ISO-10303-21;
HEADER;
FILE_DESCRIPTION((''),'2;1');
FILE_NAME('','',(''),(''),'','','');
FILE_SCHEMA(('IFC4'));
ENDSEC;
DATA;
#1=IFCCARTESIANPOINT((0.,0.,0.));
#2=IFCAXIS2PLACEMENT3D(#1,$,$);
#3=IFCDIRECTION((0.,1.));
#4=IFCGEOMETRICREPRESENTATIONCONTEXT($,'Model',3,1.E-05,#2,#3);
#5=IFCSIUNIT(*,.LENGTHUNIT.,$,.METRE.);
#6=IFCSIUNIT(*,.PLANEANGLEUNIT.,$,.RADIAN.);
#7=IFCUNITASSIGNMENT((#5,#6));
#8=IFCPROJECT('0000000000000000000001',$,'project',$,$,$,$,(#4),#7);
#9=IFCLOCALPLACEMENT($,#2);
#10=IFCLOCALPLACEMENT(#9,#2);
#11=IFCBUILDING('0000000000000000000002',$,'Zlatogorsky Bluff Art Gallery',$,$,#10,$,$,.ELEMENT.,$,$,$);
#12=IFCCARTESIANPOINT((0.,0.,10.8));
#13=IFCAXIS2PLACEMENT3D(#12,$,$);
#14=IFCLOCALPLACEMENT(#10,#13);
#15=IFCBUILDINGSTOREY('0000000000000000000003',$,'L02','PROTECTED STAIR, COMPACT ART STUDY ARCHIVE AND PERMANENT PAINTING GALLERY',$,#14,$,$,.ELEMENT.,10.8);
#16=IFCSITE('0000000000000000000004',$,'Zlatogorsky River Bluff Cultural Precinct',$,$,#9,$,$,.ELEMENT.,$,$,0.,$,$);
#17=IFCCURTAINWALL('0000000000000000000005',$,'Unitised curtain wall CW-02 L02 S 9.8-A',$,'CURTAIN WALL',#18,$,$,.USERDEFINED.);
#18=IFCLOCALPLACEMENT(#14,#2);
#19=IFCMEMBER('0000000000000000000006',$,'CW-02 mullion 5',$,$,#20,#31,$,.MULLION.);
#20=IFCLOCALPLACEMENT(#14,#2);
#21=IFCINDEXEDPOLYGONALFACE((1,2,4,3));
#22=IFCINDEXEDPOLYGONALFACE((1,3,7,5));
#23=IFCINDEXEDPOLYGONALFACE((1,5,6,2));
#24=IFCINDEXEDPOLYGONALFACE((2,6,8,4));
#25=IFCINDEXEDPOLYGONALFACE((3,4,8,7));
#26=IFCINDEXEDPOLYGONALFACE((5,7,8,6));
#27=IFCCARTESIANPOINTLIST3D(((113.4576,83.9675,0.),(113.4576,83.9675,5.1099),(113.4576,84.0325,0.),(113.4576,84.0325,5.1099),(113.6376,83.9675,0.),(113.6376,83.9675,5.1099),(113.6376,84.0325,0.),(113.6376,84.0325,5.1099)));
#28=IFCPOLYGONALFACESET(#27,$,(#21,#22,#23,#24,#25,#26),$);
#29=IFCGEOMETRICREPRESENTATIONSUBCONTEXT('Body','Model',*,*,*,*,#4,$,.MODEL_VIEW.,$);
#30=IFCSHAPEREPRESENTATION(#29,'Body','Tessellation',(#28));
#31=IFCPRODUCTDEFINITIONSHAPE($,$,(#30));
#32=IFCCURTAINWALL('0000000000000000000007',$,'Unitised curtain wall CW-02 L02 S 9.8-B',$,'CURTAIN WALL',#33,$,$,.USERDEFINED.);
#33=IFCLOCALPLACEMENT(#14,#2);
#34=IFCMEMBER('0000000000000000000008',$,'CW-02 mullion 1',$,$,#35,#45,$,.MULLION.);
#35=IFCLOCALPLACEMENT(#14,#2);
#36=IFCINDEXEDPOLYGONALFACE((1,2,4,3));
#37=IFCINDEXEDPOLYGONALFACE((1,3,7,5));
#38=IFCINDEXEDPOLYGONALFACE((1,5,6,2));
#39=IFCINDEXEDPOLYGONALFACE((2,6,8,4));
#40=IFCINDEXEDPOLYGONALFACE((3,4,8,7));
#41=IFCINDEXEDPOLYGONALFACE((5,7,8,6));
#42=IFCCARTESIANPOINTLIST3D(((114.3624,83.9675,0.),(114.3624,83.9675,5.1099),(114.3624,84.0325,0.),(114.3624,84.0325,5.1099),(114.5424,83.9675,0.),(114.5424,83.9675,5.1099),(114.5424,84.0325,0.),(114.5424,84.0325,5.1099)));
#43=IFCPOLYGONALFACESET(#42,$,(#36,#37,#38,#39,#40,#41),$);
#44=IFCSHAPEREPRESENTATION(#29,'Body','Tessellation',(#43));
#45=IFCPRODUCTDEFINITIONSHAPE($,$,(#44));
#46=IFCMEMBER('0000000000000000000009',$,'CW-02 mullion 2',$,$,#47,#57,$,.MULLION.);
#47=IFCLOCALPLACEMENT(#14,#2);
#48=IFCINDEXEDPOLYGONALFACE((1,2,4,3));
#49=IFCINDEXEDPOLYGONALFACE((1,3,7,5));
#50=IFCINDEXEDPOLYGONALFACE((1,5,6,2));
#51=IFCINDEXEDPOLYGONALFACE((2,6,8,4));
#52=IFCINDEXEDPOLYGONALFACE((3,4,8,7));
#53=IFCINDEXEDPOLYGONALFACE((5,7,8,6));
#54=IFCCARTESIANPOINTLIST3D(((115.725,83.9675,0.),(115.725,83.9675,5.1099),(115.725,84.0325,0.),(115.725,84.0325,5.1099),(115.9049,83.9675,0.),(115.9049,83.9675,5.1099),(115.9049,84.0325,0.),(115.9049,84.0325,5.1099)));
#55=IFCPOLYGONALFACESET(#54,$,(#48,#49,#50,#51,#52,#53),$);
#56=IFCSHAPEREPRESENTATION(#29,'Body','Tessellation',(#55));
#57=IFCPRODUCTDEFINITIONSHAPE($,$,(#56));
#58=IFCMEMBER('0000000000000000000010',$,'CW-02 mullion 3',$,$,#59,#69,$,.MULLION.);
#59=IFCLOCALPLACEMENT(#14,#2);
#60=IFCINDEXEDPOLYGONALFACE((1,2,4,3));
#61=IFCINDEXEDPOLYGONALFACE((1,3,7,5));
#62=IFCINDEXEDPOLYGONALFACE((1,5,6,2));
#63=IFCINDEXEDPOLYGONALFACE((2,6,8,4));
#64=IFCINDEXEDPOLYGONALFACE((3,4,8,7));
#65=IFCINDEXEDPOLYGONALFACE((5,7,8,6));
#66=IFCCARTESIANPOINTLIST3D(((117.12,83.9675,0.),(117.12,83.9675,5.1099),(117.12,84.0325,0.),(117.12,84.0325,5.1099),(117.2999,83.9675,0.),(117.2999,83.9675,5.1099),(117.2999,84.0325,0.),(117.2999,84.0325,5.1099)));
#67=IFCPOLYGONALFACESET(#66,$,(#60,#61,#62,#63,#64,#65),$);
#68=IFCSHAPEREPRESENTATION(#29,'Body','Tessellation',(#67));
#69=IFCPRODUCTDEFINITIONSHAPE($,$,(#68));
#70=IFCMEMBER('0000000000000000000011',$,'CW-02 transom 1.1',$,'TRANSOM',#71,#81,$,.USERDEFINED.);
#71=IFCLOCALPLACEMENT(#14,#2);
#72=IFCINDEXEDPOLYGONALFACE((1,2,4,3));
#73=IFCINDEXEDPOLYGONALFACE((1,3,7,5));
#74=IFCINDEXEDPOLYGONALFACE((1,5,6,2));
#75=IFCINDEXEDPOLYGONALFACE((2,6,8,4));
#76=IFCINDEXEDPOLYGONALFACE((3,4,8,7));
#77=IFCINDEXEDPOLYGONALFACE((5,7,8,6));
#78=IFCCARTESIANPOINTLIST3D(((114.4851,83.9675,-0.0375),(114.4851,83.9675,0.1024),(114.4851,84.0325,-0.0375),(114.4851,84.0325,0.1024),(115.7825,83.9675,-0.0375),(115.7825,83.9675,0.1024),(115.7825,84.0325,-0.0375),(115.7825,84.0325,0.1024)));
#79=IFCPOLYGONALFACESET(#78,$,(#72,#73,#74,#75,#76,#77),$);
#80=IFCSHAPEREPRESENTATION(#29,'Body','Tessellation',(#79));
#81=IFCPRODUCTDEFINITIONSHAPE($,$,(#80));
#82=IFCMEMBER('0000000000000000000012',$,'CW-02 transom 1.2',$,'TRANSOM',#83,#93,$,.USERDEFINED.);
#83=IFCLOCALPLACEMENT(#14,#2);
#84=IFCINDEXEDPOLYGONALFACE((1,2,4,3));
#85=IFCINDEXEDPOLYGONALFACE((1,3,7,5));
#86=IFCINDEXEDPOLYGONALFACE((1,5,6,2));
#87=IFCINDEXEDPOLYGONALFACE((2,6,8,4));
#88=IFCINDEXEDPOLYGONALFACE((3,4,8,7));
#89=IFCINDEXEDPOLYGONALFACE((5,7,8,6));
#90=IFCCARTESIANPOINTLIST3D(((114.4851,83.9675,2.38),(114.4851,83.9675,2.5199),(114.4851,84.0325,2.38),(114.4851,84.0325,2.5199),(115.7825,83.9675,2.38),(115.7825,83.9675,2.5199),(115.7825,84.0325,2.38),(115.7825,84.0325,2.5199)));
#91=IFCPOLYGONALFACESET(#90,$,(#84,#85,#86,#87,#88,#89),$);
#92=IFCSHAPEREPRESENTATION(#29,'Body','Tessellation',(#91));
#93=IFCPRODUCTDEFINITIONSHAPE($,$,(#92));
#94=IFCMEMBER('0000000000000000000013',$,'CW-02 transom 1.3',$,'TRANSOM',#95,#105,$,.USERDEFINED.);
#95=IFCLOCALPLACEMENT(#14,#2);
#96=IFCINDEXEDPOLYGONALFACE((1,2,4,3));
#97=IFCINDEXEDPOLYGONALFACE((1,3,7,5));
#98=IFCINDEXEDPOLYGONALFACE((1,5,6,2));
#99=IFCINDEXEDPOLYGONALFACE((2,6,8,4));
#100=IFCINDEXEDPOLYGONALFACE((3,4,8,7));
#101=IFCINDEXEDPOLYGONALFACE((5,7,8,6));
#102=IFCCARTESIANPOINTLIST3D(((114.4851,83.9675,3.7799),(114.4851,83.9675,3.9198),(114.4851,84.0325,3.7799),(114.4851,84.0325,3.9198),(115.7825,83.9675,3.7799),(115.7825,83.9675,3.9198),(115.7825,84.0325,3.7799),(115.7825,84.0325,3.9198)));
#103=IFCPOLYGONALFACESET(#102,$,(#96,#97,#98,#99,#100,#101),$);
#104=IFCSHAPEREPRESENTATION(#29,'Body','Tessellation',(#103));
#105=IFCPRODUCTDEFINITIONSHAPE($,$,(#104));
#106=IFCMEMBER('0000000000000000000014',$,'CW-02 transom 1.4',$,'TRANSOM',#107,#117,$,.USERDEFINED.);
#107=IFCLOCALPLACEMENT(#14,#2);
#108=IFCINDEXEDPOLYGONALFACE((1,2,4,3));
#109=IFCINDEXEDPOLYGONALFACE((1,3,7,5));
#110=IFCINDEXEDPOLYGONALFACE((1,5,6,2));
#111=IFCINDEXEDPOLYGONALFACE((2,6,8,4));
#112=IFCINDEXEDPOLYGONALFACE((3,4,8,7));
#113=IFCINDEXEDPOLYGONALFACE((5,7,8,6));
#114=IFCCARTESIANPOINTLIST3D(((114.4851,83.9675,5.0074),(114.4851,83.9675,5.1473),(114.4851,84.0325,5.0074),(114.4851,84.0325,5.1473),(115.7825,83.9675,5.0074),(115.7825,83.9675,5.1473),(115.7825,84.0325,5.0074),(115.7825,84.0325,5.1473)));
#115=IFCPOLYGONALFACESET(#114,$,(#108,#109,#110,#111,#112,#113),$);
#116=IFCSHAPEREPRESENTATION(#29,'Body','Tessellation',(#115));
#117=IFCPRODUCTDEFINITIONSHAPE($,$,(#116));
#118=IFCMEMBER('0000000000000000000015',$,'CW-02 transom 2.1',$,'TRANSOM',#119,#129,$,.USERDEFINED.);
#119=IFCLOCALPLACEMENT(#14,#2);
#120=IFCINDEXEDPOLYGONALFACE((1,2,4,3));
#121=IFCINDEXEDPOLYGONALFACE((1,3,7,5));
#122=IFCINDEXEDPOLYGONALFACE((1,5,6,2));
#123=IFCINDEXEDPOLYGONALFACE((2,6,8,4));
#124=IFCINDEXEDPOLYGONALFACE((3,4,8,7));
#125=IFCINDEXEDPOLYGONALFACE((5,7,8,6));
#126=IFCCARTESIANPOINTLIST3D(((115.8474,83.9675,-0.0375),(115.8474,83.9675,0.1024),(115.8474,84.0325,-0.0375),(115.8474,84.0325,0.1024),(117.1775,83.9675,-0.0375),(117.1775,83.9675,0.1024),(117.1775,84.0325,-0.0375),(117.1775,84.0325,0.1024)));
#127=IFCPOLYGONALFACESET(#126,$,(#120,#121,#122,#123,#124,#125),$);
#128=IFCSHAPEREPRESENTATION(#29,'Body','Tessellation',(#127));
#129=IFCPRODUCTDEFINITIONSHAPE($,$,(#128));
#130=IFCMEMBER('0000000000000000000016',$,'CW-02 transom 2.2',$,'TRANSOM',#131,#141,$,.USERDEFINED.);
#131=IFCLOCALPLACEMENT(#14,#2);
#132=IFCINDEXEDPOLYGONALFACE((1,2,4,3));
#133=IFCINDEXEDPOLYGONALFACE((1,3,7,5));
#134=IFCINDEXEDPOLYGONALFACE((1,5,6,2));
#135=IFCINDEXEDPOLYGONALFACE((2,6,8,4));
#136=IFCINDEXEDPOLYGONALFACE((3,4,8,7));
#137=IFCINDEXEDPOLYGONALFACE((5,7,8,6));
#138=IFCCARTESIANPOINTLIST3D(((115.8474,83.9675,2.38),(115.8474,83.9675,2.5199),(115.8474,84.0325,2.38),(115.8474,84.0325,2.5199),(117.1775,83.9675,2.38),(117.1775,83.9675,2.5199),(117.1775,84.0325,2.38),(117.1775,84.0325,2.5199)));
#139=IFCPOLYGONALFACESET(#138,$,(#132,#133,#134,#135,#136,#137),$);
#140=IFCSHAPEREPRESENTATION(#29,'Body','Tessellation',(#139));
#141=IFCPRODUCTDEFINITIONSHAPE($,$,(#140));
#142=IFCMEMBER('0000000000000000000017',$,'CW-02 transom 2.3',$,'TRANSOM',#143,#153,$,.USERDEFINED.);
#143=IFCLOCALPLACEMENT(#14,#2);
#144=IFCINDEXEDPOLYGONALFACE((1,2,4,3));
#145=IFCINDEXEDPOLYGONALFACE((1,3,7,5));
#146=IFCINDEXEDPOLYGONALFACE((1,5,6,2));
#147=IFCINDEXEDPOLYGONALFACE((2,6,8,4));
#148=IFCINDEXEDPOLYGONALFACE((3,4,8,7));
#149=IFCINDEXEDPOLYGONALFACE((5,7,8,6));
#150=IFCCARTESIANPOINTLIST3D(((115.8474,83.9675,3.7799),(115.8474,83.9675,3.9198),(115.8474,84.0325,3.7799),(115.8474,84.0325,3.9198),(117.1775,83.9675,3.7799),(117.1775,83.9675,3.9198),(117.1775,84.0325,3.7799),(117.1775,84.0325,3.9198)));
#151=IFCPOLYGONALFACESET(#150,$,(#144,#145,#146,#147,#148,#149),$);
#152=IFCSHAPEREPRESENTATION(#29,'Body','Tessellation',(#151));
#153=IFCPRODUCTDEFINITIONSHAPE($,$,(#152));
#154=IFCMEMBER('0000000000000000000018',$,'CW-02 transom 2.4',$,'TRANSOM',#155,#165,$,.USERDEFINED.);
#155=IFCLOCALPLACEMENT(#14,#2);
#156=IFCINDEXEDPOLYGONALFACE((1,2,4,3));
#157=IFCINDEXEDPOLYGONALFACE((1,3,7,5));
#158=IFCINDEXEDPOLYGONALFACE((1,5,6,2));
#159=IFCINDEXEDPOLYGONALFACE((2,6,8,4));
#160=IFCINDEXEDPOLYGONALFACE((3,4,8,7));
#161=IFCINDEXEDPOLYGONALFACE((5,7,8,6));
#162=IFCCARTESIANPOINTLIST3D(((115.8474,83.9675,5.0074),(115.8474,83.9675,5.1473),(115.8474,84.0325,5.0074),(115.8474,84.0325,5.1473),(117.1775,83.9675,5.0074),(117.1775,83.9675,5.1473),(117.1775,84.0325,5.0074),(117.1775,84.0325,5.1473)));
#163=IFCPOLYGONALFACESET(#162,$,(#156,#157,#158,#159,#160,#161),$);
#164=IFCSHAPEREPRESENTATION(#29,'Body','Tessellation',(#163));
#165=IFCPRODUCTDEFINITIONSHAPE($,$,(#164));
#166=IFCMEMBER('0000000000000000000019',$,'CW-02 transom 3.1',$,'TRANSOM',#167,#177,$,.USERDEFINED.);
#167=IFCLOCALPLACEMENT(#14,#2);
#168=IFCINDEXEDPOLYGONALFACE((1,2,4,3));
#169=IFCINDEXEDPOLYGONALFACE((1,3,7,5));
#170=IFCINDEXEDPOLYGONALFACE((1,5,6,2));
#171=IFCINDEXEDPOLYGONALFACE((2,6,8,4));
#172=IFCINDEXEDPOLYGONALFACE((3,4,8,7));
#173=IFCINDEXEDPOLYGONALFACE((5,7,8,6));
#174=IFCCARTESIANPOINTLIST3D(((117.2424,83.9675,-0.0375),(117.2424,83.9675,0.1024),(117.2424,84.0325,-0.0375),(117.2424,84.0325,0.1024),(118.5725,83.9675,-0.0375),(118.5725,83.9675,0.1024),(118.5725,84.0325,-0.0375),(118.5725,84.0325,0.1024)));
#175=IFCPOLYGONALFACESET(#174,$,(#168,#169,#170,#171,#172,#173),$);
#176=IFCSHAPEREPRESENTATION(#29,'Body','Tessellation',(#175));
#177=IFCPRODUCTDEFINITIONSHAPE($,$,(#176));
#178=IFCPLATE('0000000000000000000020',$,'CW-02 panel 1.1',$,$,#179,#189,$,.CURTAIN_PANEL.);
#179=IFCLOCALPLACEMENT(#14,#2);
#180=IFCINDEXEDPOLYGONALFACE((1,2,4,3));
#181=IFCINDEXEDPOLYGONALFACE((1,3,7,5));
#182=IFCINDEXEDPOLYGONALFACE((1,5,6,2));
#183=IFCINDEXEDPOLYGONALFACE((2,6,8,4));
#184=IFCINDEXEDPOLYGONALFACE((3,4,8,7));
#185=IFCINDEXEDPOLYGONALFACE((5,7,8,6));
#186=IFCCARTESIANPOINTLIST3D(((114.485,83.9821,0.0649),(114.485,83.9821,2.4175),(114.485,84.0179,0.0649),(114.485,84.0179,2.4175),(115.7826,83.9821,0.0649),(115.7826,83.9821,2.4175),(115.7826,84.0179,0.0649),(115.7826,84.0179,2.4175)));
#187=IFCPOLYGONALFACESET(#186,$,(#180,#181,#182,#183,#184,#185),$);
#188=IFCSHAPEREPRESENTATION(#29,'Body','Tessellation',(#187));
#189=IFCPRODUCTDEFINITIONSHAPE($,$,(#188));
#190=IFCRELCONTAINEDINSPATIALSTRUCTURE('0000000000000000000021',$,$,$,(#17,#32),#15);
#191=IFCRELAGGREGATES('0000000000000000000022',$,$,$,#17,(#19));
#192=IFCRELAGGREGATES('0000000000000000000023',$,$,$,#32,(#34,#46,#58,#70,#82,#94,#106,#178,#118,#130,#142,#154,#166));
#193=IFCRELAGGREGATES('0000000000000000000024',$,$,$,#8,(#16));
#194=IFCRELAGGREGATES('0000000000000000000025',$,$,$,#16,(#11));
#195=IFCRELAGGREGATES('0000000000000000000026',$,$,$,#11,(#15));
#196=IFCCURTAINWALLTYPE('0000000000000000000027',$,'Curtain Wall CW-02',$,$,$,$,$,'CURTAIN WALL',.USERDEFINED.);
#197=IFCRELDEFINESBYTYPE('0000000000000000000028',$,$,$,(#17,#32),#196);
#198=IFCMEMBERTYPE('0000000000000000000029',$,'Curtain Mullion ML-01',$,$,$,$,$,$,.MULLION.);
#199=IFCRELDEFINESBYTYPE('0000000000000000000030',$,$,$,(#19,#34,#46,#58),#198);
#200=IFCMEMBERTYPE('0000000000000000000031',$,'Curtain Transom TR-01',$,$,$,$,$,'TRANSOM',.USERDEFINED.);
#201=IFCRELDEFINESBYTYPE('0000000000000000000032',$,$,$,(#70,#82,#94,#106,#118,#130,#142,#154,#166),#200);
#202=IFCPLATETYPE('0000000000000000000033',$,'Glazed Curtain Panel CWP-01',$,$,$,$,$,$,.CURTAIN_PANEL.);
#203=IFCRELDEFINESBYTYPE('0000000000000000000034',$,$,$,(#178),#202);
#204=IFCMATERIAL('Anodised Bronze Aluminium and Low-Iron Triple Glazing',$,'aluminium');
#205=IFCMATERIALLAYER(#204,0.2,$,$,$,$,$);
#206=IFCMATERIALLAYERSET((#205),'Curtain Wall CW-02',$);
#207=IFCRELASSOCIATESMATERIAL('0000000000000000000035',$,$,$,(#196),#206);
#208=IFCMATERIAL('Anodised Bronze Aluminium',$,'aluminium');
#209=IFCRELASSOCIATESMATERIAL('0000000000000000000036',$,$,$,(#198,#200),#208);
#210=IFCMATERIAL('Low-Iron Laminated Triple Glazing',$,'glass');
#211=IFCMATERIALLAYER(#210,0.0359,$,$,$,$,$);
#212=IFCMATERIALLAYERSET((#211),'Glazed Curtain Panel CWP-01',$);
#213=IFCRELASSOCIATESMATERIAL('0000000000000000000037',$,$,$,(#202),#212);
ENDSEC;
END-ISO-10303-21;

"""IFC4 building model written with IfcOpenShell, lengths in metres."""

from ifc_helpers import new_model, si_unit, direction, frame, origin, origin_2d, place, context, subcontext, project, spatial, rectangle, extrude, material, layer, layer_set, material_profile, profile_set, type_object, element, aggregate, save


model = new_model("IFC4")

# Units and contexts
model_context = context("Model", 3, precision=1e-05, world=origin(), true_north=direction((0.0, 1.0)))
body_context = subcontext(model_context, "Body", "Model", "MODEL_VIEW")
ifc_project = project(units=[si_unit("LENGTHUNIT", "METRE"), si_unit("PLANEANGLEUNIT", "RADIAN")], contexts=[model_context])

# Site, building, storey
site_placement = place(None, origin())
site = spatial("IfcSite", under=ifc_project, at=site_placement, Name="Zlatogorsky River Bluff Cultural Precinct", CompositionType="ELEMENT", RefElevation=0.0)
building_placement = place(site_placement, origin())
building = spatial("IfcBuilding", under=site, at=building_placement, Name="Zlatogorsky Bluff Art Gallery", CompositionType="ELEMENT")
storey_placement = place(building_placement, frame((0.0, 0.0, 10.8)))
storey = spatial("IfcBuildingStorey", under=building, at=storey_placement, Name="L02", Description="PROTECTED STAIR, COMPACT ART STUDY ARCHIVE AND PERMANENT PAINTING GALLERY", CompositionType="ELEMENT", Elevation=10.8)

# Curtain wall, member
ifc_material_1 = material(Name="Anodised Bronze Aluminium and Low-Iron Triple Glazing", Category="aluminium")
ifc_layer_1 = layer(ifc_material_1, 0.2)
ifc_layer_set_1 = layer_set([ifc_layer_1], Name="Curtain Wall CW-02")
curtain_wall_type = type_object("IfcCurtainWallType", Name="Curtain Wall CW-02", ElementType="CURTAIN WALL", PredefinedType="USERDEFINED", material=ifc_layer_set_1)
curtain_wall_1_placement = place(storey_placement, origin())
curtain_wall_1 = element("IfcCurtainWall", 1, at=curtain_wall_1_placement, inside=storey, type_object=curtain_wall_type, Name="Unitised curtain wall CW-02 L02 S 9.8-A", ObjectType="CURTAIN WALL", PredefinedType="USERDEFINED")
ifc_material_2 = material(Name="Anodised Bronze Aluminium", Category="aluminium")
ifc_material_profile_1 = material_profile(ifc_material_2, rectangle(XDim=0.0649, YDim=0.1799, at=origin_2d()), Name="ALU MULLION 65x180")
ifc_profile_set_1 = profile_set([ifc_material_profile_1], Name="Anodised Bronze Aluminium")
member_type_1 = type_object("IfcMemberType", Name="Curtain Mullion ML-01", PredefinedType="MULLION", material=ifc_profile_set_1)
member_1_placement = place(storey_placement, frame((113.5476, 84.0, 0.0), z_axis=(0.0, 0.0, 1.0), x_axis=(0.0, 1.0, 0.0)))
member_1 = element("IfcMember", 2, at=member_1_placement, type_object=member_type_1, Name="CW-02 mullion 5", PredefinedType="MULLION", context=body_context, shape_type="SweptSolid", body=[
    extrude(rectangle(XDim=0.0649, YDim=0.1799, at=origin_2d()), origin(), (0.0, 0.0, 1.0), 5.1099),
])
aggregate(curtain_wall_1, [member_1])

# Curtain wall, members, plate
curtain_wall_2_placement = place(storey_placement, origin())
curtain_wall_2 = element("IfcCurtainWall", 3, at=curtain_wall_2_placement, inside=storey, type_object=curtain_wall_type, Name="Unitised curtain wall CW-02 L02 S 9.8-B", ObjectType="CURTAIN WALL", PredefinedType="USERDEFINED")
member_2_placement = place(storey_placement, frame((114.4524, 84.0, 0.0), z_axis=(0.0, 0.0, 1.0), x_axis=(0.0, 1.0, 0.0)))
member_2 = element("IfcMember", 4, at=member_2_placement, type_object=member_type_1, Name="CW-02 mullion 1", PredefinedType="MULLION", context=body_context, shape_type="SweptSolid", body=[
    extrude(rectangle(XDim=0.0649, YDim=0.1799, at=origin_2d()), origin(), (0.0, 0.0, 1.0), 5.1099),
])
member_3_placement = place(storey_placement, frame((115.8149, 84.0, 0.0), z_axis=(0.0, 0.0, 1.0), x_axis=(0.0, 1.0, 0.0)))
member_3 = element("IfcMember", 5, at=member_3_placement, type_object=member_type_1, Name="CW-02 mullion 2", PredefinedType="MULLION", context=body_context, shape_type="SweptSolid", body=[
    extrude(rectangle(XDim=0.0649, YDim=0.1799, at=origin_2d()), origin(), (0.0, 0.0, 1.0), 5.1099),
])
member_4_placement = place(storey_placement, frame((117.21, 84.0, 0.0), z_axis=(0.0, 0.0, 1.0), x_axis=(0.0, 1.0, 0.0)))
member_4 = element("IfcMember", 6, at=member_4_placement, type_object=member_type_1, Name="CW-02 mullion 3", PredefinedType="MULLION", context=body_context, shape_type="SweptSolid", body=[
    extrude(rectangle(XDim=0.0649, YDim=0.1799, at=origin_2d()), origin(), (0.0, 0.0, 1.0), 5.1099),
])
ifc_material_profile_2 = material_profile(ifc_material_2, rectangle(XDim=0.0649, YDim=0.1399, at=origin_2d()), Name="ALU TRANSOM 65x140")
ifc_profile_set_2 = profile_set([ifc_material_profile_2], Name="Anodised Bronze Aluminium")
member_type_2 = type_object("IfcMemberType", Name="Curtain Transom TR-01", ElementType="TRANSOM", PredefinedType="USERDEFINED", material=ifc_profile_set_2)
member_5_placement = place(storey_placement, frame((114.4851, 84.0, 0.0325), z_axis=(1.0, 0.0, 0.0), x_axis=(0.0, 1.0, 0.0)))
member_5 = element("IfcMember", 7, at=member_5_placement, type_object=member_type_2, Name="CW-02 transom 1.1", ObjectType="TRANSOM", PredefinedType="USERDEFINED", context=body_context, shape_type="SweptSolid", body=[
    extrude(rectangle(XDim=0.0649, YDim=0.1399, at=origin_2d()), origin(), (0.0, 0.0, 1.0), 1.2974),
])
member_6_placement = place(storey_placement, frame((114.4851, 84.0, 2.45), z_axis=(1.0, 0.0, 0.0), x_axis=(0.0, 1.0, 0.0)))
member_6 = element("IfcMember", 8, at=member_6_placement, type_object=member_type_2, Name="CW-02 transom 1.2", ObjectType="TRANSOM", PredefinedType="USERDEFINED", context=body_context, shape_type="SweptSolid", body=[
    extrude(rectangle(XDim=0.0649, YDim=0.1399, at=origin_2d()), origin(), (0.0, 0.0, 1.0), 1.2974),
])
member_7_placement = place(storey_placement, frame((114.4851, 84.0, 3.8499), z_axis=(1.0, 0.0, 0.0), x_axis=(0.0, 1.0, 0.0)))
member_7 = element("IfcMember", 9, at=member_7_placement, type_object=member_type_2, Name="CW-02 transom 1.3", ObjectType="TRANSOM", PredefinedType="USERDEFINED", context=body_context, shape_type="SweptSolid", body=[
    extrude(rectangle(XDim=0.0649, YDim=0.1399, at=origin_2d()), origin(), (0.0, 0.0, 1.0), 1.2974),
])
member_8_placement = place(storey_placement, frame((114.4851, 84.0, 5.0774), z_axis=(1.0, 0.0, 0.0), x_axis=(0.0, 1.0, 0.0)))
member_8 = element("IfcMember", 10, at=member_8_placement, type_object=member_type_2, Name="CW-02 transom 1.4", ObjectType="TRANSOM", PredefinedType="USERDEFINED", context=body_context, shape_type="SweptSolid", body=[
    extrude(rectangle(XDim=0.0649, YDim=0.1399, at=origin_2d()), origin(), (0.0, 0.0, 1.0), 1.2974),
])
member_9_placement = place(storey_placement, frame((115.8474, 84.0, 0.0325), z_axis=(1.0, 0.0, 0.0), x_axis=(0.0, 1.0, 0.0)))
member_9 = element("IfcMember", 11, at=member_9_placement, type_object=member_type_2, Name="CW-02 transom 2.1", ObjectType="TRANSOM", PredefinedType="USERDEFINED", context=body_context, shape_type="SweptSolid", body=[
    extrude(rectangle(XDim=0.0649, YDim=0.1399, at=origin_2d()), origin(), (0.0, 0.0, 1.0), 1.3301),
])
member_10_placement = place(storey_placement, frame((115.8474, 84.0, 2.45), z_axis=(1.0, 0.0, 0.0), x_axis=(0.0, 1.0, 0.0)))
member_10 = element("IfcMember", 12, at=member_10_placement, type_object=member_type_2, Name="CW-02 transom 2.2", ObjectType="TRANSOM", PredefinedType="USERDEFINED", context=body_context, shape_type="SweptSolid", body=[
    extrude(rectangle(XDim=0.0649, YDim=0.1399, at=origin_2d()), origin(), (0.0, 0.0, 1.0), 1.3301),
])
member_11_placement = place(storey_placement, frame((115.8474, 84.0, 3.8499), z_axis=(1.0, 0.0, 0.0), x_axis=(0.0, 1.0, 0.0)))
member_11 = element("IfcMember", 13, at=member_11_placement, type_object=member_type_2, Name="CW-02 transom 2.3", ObjectType="TRANSOM", PredefinedType="USERDEFINED", context=body_context, shape_type="SweptSolid", body=[
    extrude(rectangle(XDim=0.0649, YDim=0.1399, at=origin_2d()), origin(), (0.0, 0.0, 1.0), 1.3301),
])
member_12_placement = place(storey_placement, frame((115.8474, 84.0, 5.0774), z_axis=(1.0, 0.0, 0.0), x_axis=(0.0, 1.0, 0.0)))
member_12 = element("IfcMember", 14, at=member_12_placement, type_object=member_type_2, Name="CW-02 transom 2.4", ObjectType="TRANSOM", PredefinedType="USERDEFINED", context=body_context, shape_type="SweptSolid", body=[
    extrude(rectangle(XDim=0.0649, YDim=0.1399, at=origin_2d()), origin(), (0.0, 0.0, 1.0), 1.3301),
])
member_13_placement = place(storey_placement, frame((117.2424, 84.0, 0.0325), z_axis=(1.0, 0.0, 0.0), x_axis=(0.0, 1.0, 0.0)))
member_13 = element("IfcMember", 15, at=member_13_placement, type_object=member_type_2, Name="CW-02 transom 3.1", ObjectType="TRANSOM", PredefinedType="USERDEFINED", context=body_context, shape_type="SweptSolid", body=[
    extrude(rectangle(XDim=0.0649, YDim=0.1399, at=origin_2d()), origin(), (0.0, 0.0, 1.0), 1.3301),
])
ifc_material_3 = material(Name="Low-Iron Laminated Triple Glazing", Category="glass")
ifc_layer_2 = layer(ifc_material_3, 0.0359)
ifc_layer_set_2 = layer_set([ifc_layer_2], Name="Glazed Curtain Panel CWP-01")
plate_type = type_object("IfcPlateType", Name="Glazed Curtain Panel CWP-01", PredefinedType="CURTAIN_PANEL", material=ifc_layer_set_2)
plate_1_placement = place(storey_placement, frame((115.1338, 84.0, 0.0649), z_axis=(0.0, 0.0, 1.0), x_axis=(1.0, 0.0, 0.0)))
plate_1 = element("IfcPlate", 16, at=plate_1_placement, type_object=plate_type, Name="CW-02 panel 1.1", PredefinedType="CURTAIN_PANEL", context=body_context, shape_type="SweptSolid", body=[
    extrude(rectangle(XDim=1.2976, YDim=0.0359, at=origin_2d()), origin(), (0.0, 0.0, 1.0), 2.3525),
])
aggregate(curtain_wall_2, [member_2, member_3, member_4, member_5, member_6, member_7, member_8, plate_1, member_9, member_10, member_11, member_12, member_13])

save(model, "model.ifc")
